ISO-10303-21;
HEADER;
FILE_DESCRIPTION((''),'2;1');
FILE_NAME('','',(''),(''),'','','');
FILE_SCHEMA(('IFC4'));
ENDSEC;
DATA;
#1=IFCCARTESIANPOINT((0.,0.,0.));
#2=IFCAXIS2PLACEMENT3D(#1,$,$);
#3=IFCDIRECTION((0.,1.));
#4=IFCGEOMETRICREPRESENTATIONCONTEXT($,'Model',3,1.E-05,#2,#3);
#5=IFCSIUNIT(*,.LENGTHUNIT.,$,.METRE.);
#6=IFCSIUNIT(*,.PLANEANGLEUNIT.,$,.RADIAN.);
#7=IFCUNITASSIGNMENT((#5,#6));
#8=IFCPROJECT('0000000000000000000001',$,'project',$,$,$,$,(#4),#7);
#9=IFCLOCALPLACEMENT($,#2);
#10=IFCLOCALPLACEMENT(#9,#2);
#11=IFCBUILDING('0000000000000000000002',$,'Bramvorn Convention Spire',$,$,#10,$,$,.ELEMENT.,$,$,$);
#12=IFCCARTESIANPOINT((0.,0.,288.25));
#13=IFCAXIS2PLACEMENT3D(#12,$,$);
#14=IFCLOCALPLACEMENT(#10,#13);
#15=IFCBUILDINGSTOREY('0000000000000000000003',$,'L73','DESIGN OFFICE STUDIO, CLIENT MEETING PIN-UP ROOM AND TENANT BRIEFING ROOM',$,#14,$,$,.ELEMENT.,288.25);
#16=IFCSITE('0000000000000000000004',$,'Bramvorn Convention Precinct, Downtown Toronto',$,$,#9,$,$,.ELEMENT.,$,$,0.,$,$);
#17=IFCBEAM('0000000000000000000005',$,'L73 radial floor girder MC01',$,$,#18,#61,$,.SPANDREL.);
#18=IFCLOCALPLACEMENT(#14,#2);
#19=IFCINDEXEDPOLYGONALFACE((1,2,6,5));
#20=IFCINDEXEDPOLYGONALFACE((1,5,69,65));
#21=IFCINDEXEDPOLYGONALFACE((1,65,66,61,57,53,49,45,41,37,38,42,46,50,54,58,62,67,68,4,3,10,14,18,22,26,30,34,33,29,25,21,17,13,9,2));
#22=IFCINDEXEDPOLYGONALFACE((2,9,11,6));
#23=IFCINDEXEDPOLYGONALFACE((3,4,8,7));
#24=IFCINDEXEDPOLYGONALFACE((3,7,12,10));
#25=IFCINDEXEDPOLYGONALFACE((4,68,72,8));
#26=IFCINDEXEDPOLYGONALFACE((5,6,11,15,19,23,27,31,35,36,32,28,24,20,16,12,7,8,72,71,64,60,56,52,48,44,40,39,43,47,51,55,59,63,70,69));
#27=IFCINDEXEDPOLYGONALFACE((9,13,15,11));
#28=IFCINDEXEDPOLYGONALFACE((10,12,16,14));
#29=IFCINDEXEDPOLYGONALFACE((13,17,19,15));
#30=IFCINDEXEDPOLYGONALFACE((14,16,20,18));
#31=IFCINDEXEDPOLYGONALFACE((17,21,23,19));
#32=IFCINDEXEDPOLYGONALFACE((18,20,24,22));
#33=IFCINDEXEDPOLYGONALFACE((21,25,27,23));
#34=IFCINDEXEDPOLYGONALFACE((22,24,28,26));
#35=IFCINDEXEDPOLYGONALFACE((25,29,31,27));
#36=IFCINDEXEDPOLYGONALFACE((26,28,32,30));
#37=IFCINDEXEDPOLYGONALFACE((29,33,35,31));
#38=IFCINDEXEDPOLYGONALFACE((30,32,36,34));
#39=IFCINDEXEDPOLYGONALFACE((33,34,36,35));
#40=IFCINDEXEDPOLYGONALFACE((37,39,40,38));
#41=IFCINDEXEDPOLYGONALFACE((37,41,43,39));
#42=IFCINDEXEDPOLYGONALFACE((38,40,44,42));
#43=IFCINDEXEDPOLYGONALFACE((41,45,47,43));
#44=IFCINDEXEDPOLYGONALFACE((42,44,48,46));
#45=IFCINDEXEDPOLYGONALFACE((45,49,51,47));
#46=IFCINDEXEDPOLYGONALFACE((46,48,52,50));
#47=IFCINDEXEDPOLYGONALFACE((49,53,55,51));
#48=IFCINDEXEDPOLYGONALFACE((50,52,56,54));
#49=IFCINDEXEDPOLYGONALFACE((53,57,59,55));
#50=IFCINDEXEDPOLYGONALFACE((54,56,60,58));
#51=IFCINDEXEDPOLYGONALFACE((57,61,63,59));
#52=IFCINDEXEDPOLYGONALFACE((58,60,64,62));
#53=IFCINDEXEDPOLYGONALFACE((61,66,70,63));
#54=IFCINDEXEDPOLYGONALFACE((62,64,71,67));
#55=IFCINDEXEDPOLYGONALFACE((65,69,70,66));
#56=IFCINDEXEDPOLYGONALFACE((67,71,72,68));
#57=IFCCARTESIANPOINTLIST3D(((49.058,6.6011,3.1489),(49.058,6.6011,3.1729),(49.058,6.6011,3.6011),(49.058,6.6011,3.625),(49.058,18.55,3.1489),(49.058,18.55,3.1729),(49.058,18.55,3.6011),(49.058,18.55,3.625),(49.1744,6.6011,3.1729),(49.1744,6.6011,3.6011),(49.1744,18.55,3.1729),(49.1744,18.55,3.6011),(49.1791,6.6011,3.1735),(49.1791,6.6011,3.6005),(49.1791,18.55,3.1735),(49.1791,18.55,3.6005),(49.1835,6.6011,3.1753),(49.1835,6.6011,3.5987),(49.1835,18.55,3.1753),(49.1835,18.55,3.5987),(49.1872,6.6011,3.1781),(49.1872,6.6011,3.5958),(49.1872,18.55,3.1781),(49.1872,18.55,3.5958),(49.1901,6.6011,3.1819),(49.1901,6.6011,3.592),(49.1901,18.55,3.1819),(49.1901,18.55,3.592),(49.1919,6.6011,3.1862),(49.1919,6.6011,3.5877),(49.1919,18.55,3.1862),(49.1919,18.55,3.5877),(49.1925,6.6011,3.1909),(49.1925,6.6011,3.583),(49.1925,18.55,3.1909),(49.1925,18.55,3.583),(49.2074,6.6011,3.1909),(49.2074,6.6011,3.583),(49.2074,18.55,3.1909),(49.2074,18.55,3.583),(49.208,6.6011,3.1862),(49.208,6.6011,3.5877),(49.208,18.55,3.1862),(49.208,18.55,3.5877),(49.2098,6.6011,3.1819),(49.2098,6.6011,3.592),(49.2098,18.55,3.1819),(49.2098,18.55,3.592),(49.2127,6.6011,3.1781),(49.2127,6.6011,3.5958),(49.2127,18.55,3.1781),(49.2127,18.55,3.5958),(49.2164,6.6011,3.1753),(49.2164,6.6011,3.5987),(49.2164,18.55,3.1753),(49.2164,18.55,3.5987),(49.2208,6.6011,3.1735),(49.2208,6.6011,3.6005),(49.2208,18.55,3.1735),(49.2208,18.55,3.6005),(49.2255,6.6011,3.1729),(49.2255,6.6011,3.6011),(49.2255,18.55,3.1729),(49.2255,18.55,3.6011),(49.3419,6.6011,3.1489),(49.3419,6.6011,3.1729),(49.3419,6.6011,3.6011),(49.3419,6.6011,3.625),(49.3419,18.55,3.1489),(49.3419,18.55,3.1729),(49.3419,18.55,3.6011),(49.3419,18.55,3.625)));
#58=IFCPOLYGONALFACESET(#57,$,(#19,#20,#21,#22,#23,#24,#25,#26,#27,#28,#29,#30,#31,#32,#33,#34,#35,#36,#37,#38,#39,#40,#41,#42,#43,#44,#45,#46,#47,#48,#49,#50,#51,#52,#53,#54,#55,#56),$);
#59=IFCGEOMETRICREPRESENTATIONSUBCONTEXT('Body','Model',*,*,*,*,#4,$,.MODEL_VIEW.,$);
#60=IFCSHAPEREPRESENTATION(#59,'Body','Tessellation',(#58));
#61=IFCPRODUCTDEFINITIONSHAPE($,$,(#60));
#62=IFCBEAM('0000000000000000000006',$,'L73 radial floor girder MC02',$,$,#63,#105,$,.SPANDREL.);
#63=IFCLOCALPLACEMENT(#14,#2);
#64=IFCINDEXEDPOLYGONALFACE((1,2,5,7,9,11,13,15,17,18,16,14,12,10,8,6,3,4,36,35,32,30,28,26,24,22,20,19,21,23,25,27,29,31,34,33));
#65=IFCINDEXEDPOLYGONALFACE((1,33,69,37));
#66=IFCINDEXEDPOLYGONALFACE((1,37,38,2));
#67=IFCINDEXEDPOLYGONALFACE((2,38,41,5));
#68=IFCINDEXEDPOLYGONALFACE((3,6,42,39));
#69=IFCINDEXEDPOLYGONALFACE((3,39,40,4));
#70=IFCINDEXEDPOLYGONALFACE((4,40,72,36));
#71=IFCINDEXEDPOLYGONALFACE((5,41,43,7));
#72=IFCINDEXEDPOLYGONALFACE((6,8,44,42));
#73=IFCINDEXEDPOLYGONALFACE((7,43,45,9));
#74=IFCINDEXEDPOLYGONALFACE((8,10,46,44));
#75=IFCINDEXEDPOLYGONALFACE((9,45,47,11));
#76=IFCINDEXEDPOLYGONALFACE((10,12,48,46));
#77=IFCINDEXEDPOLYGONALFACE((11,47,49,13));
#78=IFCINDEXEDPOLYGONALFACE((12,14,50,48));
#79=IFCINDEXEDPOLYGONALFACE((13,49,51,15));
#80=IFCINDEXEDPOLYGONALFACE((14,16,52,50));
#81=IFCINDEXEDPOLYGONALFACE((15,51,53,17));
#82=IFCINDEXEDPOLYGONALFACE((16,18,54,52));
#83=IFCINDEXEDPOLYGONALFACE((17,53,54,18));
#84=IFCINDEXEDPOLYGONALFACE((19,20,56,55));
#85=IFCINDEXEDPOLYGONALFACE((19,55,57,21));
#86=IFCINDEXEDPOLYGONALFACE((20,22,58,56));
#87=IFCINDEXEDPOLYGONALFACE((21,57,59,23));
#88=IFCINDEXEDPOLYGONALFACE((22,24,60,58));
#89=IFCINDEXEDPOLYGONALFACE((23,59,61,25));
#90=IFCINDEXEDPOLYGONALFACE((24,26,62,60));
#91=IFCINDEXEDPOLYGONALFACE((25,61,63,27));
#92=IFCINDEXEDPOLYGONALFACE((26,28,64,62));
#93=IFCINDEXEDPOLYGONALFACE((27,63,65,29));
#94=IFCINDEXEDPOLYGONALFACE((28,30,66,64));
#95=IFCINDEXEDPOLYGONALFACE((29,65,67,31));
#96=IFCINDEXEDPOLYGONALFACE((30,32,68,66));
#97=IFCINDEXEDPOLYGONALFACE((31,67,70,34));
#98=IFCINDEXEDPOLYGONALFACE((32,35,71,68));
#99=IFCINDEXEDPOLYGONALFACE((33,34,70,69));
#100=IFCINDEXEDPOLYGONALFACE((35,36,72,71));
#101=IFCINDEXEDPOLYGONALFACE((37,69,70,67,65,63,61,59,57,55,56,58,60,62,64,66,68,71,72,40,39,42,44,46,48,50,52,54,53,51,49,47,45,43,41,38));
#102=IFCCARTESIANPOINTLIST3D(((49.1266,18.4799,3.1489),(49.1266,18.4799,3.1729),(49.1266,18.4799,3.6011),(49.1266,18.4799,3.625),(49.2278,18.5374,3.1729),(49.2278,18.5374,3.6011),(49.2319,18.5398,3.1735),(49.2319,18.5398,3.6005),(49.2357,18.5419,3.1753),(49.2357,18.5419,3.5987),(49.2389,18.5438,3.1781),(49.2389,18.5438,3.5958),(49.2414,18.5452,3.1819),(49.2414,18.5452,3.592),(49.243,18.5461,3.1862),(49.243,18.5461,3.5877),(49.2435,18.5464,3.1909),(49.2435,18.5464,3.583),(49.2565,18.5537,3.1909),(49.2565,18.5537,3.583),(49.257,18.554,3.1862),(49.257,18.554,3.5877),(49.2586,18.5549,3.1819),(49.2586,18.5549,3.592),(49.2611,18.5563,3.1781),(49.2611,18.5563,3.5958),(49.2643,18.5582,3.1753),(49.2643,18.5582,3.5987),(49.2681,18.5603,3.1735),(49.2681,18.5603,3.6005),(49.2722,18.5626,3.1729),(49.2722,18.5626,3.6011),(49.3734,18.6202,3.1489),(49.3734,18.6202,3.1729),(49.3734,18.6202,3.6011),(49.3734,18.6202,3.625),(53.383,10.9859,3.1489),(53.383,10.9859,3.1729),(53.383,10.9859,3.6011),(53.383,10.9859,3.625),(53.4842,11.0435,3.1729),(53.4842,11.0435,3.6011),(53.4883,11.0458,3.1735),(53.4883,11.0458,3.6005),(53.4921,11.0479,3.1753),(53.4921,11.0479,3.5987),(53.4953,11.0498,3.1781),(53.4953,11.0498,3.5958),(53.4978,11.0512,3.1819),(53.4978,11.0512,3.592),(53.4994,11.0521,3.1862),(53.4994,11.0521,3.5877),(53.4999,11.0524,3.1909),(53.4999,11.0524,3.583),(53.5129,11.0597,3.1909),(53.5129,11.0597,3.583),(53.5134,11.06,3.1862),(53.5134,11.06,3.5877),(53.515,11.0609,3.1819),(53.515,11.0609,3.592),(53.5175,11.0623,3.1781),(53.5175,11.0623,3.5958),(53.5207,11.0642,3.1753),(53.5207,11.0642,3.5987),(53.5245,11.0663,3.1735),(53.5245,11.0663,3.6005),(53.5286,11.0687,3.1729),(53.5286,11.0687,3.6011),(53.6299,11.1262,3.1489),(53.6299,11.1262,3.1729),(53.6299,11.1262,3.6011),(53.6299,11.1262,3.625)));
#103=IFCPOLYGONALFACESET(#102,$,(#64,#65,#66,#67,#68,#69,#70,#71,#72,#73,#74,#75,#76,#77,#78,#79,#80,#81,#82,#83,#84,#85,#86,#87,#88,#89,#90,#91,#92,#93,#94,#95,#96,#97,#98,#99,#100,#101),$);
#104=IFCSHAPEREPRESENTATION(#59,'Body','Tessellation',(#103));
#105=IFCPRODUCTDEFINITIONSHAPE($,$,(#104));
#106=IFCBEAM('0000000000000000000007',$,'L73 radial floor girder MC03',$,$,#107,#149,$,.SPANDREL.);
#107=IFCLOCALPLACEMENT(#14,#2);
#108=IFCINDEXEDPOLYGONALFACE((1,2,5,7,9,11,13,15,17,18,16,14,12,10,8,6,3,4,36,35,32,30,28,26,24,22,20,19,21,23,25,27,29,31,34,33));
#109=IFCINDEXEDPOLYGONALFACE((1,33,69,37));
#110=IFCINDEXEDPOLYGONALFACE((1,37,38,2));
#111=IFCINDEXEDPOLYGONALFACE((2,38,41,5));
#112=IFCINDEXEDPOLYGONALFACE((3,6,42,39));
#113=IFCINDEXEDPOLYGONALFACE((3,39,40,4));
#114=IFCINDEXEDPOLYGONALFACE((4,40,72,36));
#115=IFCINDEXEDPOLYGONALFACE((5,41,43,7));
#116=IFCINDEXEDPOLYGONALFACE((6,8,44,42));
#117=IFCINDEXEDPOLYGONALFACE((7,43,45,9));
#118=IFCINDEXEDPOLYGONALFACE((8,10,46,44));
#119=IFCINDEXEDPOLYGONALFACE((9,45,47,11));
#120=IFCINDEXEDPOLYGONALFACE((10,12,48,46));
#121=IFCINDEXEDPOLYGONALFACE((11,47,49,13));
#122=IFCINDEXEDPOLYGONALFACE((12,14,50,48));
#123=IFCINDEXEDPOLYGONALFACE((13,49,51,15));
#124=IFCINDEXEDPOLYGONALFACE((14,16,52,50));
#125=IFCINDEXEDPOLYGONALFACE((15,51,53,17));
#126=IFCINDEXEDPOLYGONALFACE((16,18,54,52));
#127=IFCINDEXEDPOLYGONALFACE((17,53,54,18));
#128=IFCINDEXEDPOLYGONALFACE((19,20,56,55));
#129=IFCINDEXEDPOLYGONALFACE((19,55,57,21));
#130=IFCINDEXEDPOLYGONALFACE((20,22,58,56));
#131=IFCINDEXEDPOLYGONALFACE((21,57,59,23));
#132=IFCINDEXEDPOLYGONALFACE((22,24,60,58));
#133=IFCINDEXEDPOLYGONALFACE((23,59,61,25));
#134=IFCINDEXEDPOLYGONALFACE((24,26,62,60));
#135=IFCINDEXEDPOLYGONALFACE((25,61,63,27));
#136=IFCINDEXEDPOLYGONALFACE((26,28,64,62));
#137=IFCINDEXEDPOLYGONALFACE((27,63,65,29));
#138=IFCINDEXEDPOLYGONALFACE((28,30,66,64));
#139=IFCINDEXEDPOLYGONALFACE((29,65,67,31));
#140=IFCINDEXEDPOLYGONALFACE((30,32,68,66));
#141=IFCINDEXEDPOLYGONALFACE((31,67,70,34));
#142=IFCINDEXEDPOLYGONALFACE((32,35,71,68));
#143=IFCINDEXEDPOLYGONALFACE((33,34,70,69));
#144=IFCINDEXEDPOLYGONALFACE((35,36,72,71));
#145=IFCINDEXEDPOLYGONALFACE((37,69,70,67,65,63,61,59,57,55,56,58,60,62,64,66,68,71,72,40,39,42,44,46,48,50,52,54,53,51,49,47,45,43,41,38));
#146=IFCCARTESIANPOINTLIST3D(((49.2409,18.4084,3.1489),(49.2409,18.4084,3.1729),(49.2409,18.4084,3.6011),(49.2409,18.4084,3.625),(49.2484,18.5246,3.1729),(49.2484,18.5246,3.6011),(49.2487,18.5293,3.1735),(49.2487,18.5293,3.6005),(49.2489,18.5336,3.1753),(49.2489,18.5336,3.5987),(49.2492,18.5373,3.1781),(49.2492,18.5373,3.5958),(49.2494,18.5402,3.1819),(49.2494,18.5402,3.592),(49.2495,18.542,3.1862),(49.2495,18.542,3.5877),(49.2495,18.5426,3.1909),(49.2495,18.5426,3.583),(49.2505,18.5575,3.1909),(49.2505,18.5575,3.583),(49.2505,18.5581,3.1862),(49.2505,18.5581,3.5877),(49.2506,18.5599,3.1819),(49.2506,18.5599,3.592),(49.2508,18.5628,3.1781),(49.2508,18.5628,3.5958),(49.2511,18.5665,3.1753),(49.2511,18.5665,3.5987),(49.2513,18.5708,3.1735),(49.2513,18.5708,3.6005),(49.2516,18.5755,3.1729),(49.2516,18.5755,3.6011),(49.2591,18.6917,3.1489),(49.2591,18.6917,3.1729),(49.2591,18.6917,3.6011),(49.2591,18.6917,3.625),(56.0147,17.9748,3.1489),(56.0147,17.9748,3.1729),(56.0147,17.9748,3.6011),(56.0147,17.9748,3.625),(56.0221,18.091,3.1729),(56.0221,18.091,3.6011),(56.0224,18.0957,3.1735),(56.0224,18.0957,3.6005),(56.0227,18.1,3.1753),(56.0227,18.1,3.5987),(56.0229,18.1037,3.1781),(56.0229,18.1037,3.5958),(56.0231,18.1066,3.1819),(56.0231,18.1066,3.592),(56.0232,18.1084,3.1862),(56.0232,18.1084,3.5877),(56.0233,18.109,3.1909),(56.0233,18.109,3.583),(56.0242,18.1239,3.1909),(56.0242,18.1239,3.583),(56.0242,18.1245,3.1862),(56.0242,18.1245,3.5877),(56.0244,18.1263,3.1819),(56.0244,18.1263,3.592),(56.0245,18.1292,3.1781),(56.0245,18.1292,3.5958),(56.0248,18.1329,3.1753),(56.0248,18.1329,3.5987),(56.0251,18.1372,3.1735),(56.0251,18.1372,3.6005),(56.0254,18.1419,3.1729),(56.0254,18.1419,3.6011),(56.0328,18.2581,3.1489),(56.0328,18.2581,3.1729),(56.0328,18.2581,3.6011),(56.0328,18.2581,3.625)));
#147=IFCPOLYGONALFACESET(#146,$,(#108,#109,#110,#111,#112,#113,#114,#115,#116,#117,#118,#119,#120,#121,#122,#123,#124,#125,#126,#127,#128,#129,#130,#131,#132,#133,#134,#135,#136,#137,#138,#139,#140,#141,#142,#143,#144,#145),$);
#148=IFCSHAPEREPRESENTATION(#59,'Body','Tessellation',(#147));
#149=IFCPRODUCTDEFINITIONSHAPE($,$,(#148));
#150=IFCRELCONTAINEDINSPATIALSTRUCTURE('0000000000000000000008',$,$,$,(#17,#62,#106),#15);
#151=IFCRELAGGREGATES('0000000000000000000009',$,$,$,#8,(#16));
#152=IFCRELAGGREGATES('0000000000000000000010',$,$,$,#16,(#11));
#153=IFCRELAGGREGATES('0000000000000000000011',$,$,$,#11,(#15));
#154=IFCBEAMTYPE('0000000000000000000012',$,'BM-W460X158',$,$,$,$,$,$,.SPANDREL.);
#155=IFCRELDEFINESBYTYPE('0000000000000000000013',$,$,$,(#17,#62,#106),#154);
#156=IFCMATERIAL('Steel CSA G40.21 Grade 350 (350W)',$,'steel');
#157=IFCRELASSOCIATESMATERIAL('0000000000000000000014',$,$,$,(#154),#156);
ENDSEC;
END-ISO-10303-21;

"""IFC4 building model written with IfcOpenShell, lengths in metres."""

from ifc_helpers import new_model, si_unit, direction, frame, origin, origin_2d, place, context, subcontext, project, spatial, i_section, extrude, material, material_profile, profile_set, type_object, element, save


model = new_model("IFC4")

# Units and contexts
model_context = context("Model", 3, precision=1e-05, world=origin(), true_north=direction((0.0, 1.0)))
body_context = subcontext(model_context, "Body", "Model", "MODEL_VIEW")
ifc_project = project(units=[si_unit("LENGTHUNIT", "METRE"), si_unit("PLANEANGLEUNIT", "RADIAN")], contexts=[model_context])

# Site, building, storey
site_placement = place(None, origin())
site = spatial("IfcSite", under=ifc_project, at=site_placement, Name="Bramvorn Convention Precinct, Downtown Toronto", CompositionType="ELEMENT", RefElevation=0.0)
building_placement = place(site_placement, origin())
building = spatial("IfcBuilding", under=site, at=building_placement, Name="Bramvorn Convention Spire", CompositionType="ELEMENT")
storey_placement = place(building_placement, frame((0.0, 0.0, 288.25)))
storey = spatial("IfcBuildingStorey", under=building, at=storey_placement, Name="L73", Description="DESIGN OFFICE STUDIO, CLIENT MEETING PIN-UP ROOM AND TENANT BRIEFING ROOM", CompositionType="ELEMENT", Elevation=288.25)

# Beams
ifc_material_1 = material(Name="Steel CSA G40.21 Grade 350 (350W)", Category="steel")
ifc_material_profile_1 = material_profile(ifc_material_1, i_section(OverallWidth=0.2839, OverallDepth=0.4761, WebThickness=0.0149, FlangeThickness=0.0239, FilletRadius=0.0181, at=origin_2d()))
ifc_profile_set_1 = profile_set([ifc_material_profile_1], Name="Steel CSA G40.21 Grade 350 (350W) - W460X158")
beam_type_1 = type_object("IfcBeamType", Name="BM-W460X158", PredefinedType="SPANDREL", material=ifc_profile_set_1)
beam_1_placement = place(storey_placement, frame((49.2, 18.55, 3.387), z_axis=(0.0, -1.0, 0.0), x_axis=(1.0, 0.0, 0.0)))
element("IfcBeam", 1, at=beam_1_placement, inside=storey, type_object=beam_type_1, Name="L73 radial floor girder MC01", PredefinedType="SPANDREL", context=body_context, shape_type="SweptSolid", body=[
    extrude(i_section(OverallWidth=0.2839, OverallDepth=0.4761, WebThickness=0.0149, FlangeThickness=0.0239, FilletRadius=0.0181, at=origin_2d()), origin(), (0.0, 0.0, 1.0), 11.949),
])
beam_2_placement = place(storey_placement, frame((49.25, 18.55, 3.387), z_axis=(0.493874, -0.869534, 0.0), x_axis=(0.869534, 0.493874, 0.0)))
element("IfcBeam", 2, at=beam_2_placement, inside=storey, type_object=beam_type_1, Name="L73 radial floor girder MC02", PredefinedType="SPANDREL", context=body_context, shape_type="SweptSolid", body=[
    extrude(i_section(OverallWidth=0.2839, OverallDepth=0.4761, WebThickness=0.0149, FlangeThickness=0.0239, FilletRadius=0.0181, at=origin_2d()), origin(), (0.0, 0.0, 1.0), 8.6184),
])
beam_3_placement = place(storey_placement, frame((49.25, 18.55, 3.387), z_axis=(0.997958, -0.063881, 0.0), x_axis=(0.063881, 0.997958, 0.0)))
element("IfcBeam", 3, at=beam_3_placement, inside=storey, type_object=beam_type_1, Name="L73 radial floor girder MC03", PredefinedType="SPANDREL", context=body_context, shape_type="SweptSolid", body=[
    extrude(i_section(OverallWidth=0.2839, OverallDepth=0.4761, WebThickness=0.0149, FlangeThickness=0.0239, FilletRadius=0.0181, at=origin_2d()), origin(), (0.0, 0.0, 1.0), 6.7876),
])

save(model, "model.ifc")
